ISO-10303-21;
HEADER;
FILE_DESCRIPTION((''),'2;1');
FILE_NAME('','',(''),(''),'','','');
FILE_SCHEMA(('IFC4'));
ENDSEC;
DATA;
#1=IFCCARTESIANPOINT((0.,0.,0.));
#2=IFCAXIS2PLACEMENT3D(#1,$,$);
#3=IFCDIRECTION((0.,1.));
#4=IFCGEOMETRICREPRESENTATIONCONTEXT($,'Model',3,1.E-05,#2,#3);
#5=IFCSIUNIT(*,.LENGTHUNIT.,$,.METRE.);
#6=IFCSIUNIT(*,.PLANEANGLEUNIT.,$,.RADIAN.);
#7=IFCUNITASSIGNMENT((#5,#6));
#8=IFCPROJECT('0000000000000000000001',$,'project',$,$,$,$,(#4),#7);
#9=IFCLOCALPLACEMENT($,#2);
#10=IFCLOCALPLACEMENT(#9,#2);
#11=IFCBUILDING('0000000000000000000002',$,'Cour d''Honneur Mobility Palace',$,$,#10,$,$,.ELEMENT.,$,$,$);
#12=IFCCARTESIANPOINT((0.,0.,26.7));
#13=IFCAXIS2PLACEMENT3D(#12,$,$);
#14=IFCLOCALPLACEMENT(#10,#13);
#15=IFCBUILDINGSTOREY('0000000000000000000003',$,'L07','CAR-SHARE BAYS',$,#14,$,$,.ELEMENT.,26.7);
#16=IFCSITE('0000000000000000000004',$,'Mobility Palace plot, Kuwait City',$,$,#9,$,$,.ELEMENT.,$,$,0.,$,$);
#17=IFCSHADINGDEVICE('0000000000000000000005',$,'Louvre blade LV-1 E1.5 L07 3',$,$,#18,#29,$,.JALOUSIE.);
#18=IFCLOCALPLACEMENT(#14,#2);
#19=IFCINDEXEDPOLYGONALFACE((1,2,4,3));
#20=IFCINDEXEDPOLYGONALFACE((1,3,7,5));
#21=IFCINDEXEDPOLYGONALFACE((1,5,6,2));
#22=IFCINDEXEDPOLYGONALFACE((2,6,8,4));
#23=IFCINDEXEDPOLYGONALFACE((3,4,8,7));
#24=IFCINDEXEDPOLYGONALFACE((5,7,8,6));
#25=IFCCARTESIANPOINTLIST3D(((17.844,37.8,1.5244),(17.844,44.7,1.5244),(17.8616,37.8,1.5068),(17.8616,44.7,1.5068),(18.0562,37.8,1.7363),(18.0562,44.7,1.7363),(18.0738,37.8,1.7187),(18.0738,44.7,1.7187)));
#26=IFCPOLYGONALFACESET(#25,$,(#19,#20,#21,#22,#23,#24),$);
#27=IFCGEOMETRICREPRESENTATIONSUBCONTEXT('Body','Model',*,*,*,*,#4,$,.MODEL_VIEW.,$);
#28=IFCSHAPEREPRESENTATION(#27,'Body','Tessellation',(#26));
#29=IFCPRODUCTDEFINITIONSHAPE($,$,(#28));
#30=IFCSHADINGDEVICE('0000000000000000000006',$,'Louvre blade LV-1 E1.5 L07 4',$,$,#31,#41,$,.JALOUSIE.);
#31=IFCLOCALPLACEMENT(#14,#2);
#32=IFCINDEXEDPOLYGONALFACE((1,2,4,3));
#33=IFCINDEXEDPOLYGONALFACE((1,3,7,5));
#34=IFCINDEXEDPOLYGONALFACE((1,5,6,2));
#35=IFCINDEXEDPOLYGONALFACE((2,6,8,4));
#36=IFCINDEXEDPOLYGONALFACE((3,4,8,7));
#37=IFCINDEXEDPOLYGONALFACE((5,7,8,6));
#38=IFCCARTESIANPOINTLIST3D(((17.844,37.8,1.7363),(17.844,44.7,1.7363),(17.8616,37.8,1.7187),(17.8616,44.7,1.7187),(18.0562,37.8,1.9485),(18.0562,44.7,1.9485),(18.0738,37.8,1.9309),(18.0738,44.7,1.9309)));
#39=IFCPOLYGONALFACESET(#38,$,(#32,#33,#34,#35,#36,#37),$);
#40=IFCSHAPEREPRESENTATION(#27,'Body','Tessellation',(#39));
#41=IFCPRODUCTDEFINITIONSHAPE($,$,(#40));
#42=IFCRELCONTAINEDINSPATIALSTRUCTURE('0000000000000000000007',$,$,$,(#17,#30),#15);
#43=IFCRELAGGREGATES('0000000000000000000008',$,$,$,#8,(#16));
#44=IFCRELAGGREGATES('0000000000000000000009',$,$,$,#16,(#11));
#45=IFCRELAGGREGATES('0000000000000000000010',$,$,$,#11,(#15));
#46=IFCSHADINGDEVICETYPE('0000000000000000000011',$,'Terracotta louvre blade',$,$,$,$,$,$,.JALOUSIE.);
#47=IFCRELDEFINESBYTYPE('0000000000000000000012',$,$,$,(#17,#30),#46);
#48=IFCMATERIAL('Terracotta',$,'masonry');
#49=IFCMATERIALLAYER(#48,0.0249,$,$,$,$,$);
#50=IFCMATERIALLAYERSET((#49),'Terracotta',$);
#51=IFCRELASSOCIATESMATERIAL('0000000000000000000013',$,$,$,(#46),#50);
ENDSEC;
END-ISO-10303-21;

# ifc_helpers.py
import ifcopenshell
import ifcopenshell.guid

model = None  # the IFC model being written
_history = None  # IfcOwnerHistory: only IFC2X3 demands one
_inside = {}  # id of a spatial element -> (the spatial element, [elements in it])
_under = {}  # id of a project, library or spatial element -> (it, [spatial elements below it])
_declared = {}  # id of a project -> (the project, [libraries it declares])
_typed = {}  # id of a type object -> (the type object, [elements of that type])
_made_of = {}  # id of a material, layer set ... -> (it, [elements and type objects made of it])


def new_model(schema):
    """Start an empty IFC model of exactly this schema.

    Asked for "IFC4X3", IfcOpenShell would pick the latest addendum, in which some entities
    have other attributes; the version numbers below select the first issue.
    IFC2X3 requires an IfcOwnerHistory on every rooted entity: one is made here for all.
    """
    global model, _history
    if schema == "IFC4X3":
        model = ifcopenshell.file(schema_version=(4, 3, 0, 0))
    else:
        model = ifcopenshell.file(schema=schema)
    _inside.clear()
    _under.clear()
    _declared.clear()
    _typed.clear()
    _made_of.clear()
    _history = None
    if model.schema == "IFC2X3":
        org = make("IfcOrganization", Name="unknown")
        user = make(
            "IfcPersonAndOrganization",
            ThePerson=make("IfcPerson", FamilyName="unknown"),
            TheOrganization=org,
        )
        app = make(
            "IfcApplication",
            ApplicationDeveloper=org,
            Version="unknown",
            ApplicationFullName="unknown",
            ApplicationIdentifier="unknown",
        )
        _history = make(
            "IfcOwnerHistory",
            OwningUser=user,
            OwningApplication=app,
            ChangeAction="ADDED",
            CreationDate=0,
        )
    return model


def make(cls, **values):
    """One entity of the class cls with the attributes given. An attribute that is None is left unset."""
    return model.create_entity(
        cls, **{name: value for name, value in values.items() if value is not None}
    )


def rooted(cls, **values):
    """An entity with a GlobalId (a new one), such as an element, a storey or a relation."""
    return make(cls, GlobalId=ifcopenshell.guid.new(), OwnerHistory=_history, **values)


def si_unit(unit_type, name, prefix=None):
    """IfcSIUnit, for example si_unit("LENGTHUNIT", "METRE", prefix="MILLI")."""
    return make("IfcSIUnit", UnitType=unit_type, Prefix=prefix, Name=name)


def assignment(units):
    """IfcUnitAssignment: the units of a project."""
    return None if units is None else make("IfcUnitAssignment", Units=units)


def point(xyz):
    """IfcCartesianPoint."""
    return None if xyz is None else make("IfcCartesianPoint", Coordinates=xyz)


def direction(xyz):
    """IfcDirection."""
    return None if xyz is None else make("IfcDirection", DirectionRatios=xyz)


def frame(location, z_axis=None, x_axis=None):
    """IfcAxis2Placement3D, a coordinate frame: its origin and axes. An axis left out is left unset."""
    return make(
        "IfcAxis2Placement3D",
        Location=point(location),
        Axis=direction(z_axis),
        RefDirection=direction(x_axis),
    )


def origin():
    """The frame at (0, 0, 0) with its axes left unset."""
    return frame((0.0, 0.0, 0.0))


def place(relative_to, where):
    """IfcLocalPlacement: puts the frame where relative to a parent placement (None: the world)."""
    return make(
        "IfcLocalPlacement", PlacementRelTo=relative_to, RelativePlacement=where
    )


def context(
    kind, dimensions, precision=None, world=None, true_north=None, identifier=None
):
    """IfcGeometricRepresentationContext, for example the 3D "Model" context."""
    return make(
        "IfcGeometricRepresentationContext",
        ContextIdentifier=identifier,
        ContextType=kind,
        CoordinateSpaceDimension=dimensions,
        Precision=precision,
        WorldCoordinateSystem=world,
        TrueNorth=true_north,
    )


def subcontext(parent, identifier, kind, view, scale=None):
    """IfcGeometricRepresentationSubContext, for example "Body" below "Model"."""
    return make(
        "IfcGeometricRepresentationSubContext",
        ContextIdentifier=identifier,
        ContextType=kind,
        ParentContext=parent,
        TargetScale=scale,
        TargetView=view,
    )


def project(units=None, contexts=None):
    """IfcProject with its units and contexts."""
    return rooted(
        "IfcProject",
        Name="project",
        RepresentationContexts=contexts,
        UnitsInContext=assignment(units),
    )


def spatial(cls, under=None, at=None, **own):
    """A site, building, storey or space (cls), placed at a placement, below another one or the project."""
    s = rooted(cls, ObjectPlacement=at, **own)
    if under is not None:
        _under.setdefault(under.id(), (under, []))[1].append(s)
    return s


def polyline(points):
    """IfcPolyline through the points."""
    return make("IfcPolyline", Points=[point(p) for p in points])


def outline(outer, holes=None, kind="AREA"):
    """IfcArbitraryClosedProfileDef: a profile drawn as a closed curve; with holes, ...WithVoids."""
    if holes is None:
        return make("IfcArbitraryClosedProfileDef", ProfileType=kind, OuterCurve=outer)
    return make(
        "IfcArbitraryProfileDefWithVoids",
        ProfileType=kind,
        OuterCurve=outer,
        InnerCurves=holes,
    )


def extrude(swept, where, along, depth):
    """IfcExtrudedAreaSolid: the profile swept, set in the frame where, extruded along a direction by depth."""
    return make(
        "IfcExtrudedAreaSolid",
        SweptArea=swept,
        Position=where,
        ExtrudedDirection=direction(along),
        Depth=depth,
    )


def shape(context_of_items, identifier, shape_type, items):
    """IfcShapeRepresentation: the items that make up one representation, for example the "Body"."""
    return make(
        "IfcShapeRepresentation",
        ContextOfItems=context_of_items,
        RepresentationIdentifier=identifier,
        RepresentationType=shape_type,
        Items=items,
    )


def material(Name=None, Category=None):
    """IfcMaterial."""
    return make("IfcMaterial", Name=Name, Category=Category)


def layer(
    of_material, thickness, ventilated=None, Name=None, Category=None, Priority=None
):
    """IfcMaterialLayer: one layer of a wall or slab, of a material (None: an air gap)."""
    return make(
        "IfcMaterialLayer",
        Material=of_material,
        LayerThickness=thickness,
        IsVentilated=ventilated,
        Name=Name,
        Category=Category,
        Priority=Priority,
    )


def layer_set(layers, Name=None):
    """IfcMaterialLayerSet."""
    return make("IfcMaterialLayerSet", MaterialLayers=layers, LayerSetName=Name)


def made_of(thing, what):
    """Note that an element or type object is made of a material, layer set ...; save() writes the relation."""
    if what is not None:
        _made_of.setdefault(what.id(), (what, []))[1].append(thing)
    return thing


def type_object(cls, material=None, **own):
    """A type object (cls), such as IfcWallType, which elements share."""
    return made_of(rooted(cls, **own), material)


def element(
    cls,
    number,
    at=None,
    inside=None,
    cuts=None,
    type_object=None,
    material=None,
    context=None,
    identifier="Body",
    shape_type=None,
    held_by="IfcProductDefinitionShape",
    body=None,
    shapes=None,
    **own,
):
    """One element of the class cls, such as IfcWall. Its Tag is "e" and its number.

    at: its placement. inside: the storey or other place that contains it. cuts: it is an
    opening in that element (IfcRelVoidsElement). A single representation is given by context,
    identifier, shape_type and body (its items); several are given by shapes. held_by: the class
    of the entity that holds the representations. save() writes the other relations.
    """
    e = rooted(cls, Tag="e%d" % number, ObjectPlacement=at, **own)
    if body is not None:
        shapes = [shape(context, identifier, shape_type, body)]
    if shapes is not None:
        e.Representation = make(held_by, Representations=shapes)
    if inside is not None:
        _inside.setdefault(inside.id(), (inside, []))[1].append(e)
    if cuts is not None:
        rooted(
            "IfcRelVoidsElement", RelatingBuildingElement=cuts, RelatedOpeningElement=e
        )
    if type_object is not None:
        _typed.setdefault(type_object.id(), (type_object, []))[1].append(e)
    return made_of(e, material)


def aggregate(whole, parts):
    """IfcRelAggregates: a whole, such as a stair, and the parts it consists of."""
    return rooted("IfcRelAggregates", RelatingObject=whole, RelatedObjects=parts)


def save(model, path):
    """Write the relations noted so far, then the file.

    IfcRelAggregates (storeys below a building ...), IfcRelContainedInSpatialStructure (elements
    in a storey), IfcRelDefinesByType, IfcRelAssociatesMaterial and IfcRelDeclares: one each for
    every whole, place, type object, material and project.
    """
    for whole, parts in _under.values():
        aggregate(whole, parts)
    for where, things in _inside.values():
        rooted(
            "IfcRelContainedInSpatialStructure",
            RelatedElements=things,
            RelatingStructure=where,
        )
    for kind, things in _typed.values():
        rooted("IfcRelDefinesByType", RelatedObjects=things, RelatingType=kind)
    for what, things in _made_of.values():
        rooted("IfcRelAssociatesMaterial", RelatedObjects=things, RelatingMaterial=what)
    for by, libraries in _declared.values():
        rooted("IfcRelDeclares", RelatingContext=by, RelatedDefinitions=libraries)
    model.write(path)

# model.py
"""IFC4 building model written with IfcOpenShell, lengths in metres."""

from ifc_helpers import new_model, si_unit, direction, frame, origin, place, context, subcontext, project, spatial, polyline, outline, extrude, material, layer, layer_set, type_object, element, save


model = new_model("IFC4")

# Units and contexts
model_context = context("Model", 3, precision=1e-05, world=origin(), true_north=direction((0.0, 1.0)))
body_context = subcontext(model_context, "Body", "Model", "MODEL_VIEW")
ifc_project = project(units=[si_unit("LENGTHUNIT", "METRE"), si_unit("PLANEANGLEUNIT", "RADIAN")], contexts=[model_context])

# Site, building, storey
site_placement = place(None, origin())
site = spatial("IfcSite", under=ifc_project, at=site_placement, Name="Mobility Palace plot, Kuwait City", CompositionType="ELEMENT", RefElevation=0.0)
building_placement = place(site_placement, origin())
building = spatial("IfcBuilding", under=site, at=building_placement, Name="Cour d'Honneur Mobility Palace", CompositionType="ELEMENT")
storey_placement = place(building_placement, frame((0.0, 0.0, 26.7)))
storey = spatial("IfcBuildingStorey", under=building, at=storey_placement, Name="L07", Description="CAR-SHARE BAYS", CompositionType="ELEMENT", Elevation=26.7)

# Shading devices
ifc_material_1 = material(Name="Terracotta", Category="masonry")
ifc_layer_1 = layer(ifc_material_1, 0.0249)
ifc_layer_set_1 = layer_set([ifc_layer_1], Name="Terracotta")
shading_device_type = type_object("IfcShadingDeviceType", Name="Terracotta louvre blade", PredefinedType="JALOUSIE", material=ifc_layer_set_1)
shading_device_1_placement = place(storey_placement, frame((17.844, 37.8, 1.5244), z_axis=(-0.7067, 0.0, 0.707514), x_axis=(0.0, 1.0, 0.0)))
element("IfcShadingDevice", 1, at=shading_device_1_placement, inside=storey, type_object=shading_device_type, Name="Louvre blade LV-1 E1.5 L07 3", PredefinedType="JALOUSIE", context=body_context, shape_type="SweptSolid", body=[
    extrude(outline(polyline([(0.0, 0.0), (6.8999, 0.0), (6.8999, -0.2999), (0.0, -0.2999), (0.0, 0.0)])), origin(), (0.0, 0.0, -1.0), 0.0249),
])
shading_device_2_placement = place(storey_placement, frame((17.844, 37.8, 1.7363), z_axis=(-0.707107, 0.0, 0.707107), x_axis=(0.0, 1.0, 0.0)))
element("IfcShadingDevice", 2, at=shading_device_2_placement, inside=storey, type_object=shading_device_type, Name="Louvre blade LV-1 E1.5 L07 4", PredefinedType="JALOUSIE", context=body_context, shape_type="SweptSolid", body=[
    extrude(outline(polyline([(0.0, 0.0), (6.8999, 0.0), (6.8999, -0.3), (0.0, -0.3), (0.0, 0.0)])), origin(), (0.0, 0.0, -1.0), 0.0249),
])

save(model, "model.ifc")
